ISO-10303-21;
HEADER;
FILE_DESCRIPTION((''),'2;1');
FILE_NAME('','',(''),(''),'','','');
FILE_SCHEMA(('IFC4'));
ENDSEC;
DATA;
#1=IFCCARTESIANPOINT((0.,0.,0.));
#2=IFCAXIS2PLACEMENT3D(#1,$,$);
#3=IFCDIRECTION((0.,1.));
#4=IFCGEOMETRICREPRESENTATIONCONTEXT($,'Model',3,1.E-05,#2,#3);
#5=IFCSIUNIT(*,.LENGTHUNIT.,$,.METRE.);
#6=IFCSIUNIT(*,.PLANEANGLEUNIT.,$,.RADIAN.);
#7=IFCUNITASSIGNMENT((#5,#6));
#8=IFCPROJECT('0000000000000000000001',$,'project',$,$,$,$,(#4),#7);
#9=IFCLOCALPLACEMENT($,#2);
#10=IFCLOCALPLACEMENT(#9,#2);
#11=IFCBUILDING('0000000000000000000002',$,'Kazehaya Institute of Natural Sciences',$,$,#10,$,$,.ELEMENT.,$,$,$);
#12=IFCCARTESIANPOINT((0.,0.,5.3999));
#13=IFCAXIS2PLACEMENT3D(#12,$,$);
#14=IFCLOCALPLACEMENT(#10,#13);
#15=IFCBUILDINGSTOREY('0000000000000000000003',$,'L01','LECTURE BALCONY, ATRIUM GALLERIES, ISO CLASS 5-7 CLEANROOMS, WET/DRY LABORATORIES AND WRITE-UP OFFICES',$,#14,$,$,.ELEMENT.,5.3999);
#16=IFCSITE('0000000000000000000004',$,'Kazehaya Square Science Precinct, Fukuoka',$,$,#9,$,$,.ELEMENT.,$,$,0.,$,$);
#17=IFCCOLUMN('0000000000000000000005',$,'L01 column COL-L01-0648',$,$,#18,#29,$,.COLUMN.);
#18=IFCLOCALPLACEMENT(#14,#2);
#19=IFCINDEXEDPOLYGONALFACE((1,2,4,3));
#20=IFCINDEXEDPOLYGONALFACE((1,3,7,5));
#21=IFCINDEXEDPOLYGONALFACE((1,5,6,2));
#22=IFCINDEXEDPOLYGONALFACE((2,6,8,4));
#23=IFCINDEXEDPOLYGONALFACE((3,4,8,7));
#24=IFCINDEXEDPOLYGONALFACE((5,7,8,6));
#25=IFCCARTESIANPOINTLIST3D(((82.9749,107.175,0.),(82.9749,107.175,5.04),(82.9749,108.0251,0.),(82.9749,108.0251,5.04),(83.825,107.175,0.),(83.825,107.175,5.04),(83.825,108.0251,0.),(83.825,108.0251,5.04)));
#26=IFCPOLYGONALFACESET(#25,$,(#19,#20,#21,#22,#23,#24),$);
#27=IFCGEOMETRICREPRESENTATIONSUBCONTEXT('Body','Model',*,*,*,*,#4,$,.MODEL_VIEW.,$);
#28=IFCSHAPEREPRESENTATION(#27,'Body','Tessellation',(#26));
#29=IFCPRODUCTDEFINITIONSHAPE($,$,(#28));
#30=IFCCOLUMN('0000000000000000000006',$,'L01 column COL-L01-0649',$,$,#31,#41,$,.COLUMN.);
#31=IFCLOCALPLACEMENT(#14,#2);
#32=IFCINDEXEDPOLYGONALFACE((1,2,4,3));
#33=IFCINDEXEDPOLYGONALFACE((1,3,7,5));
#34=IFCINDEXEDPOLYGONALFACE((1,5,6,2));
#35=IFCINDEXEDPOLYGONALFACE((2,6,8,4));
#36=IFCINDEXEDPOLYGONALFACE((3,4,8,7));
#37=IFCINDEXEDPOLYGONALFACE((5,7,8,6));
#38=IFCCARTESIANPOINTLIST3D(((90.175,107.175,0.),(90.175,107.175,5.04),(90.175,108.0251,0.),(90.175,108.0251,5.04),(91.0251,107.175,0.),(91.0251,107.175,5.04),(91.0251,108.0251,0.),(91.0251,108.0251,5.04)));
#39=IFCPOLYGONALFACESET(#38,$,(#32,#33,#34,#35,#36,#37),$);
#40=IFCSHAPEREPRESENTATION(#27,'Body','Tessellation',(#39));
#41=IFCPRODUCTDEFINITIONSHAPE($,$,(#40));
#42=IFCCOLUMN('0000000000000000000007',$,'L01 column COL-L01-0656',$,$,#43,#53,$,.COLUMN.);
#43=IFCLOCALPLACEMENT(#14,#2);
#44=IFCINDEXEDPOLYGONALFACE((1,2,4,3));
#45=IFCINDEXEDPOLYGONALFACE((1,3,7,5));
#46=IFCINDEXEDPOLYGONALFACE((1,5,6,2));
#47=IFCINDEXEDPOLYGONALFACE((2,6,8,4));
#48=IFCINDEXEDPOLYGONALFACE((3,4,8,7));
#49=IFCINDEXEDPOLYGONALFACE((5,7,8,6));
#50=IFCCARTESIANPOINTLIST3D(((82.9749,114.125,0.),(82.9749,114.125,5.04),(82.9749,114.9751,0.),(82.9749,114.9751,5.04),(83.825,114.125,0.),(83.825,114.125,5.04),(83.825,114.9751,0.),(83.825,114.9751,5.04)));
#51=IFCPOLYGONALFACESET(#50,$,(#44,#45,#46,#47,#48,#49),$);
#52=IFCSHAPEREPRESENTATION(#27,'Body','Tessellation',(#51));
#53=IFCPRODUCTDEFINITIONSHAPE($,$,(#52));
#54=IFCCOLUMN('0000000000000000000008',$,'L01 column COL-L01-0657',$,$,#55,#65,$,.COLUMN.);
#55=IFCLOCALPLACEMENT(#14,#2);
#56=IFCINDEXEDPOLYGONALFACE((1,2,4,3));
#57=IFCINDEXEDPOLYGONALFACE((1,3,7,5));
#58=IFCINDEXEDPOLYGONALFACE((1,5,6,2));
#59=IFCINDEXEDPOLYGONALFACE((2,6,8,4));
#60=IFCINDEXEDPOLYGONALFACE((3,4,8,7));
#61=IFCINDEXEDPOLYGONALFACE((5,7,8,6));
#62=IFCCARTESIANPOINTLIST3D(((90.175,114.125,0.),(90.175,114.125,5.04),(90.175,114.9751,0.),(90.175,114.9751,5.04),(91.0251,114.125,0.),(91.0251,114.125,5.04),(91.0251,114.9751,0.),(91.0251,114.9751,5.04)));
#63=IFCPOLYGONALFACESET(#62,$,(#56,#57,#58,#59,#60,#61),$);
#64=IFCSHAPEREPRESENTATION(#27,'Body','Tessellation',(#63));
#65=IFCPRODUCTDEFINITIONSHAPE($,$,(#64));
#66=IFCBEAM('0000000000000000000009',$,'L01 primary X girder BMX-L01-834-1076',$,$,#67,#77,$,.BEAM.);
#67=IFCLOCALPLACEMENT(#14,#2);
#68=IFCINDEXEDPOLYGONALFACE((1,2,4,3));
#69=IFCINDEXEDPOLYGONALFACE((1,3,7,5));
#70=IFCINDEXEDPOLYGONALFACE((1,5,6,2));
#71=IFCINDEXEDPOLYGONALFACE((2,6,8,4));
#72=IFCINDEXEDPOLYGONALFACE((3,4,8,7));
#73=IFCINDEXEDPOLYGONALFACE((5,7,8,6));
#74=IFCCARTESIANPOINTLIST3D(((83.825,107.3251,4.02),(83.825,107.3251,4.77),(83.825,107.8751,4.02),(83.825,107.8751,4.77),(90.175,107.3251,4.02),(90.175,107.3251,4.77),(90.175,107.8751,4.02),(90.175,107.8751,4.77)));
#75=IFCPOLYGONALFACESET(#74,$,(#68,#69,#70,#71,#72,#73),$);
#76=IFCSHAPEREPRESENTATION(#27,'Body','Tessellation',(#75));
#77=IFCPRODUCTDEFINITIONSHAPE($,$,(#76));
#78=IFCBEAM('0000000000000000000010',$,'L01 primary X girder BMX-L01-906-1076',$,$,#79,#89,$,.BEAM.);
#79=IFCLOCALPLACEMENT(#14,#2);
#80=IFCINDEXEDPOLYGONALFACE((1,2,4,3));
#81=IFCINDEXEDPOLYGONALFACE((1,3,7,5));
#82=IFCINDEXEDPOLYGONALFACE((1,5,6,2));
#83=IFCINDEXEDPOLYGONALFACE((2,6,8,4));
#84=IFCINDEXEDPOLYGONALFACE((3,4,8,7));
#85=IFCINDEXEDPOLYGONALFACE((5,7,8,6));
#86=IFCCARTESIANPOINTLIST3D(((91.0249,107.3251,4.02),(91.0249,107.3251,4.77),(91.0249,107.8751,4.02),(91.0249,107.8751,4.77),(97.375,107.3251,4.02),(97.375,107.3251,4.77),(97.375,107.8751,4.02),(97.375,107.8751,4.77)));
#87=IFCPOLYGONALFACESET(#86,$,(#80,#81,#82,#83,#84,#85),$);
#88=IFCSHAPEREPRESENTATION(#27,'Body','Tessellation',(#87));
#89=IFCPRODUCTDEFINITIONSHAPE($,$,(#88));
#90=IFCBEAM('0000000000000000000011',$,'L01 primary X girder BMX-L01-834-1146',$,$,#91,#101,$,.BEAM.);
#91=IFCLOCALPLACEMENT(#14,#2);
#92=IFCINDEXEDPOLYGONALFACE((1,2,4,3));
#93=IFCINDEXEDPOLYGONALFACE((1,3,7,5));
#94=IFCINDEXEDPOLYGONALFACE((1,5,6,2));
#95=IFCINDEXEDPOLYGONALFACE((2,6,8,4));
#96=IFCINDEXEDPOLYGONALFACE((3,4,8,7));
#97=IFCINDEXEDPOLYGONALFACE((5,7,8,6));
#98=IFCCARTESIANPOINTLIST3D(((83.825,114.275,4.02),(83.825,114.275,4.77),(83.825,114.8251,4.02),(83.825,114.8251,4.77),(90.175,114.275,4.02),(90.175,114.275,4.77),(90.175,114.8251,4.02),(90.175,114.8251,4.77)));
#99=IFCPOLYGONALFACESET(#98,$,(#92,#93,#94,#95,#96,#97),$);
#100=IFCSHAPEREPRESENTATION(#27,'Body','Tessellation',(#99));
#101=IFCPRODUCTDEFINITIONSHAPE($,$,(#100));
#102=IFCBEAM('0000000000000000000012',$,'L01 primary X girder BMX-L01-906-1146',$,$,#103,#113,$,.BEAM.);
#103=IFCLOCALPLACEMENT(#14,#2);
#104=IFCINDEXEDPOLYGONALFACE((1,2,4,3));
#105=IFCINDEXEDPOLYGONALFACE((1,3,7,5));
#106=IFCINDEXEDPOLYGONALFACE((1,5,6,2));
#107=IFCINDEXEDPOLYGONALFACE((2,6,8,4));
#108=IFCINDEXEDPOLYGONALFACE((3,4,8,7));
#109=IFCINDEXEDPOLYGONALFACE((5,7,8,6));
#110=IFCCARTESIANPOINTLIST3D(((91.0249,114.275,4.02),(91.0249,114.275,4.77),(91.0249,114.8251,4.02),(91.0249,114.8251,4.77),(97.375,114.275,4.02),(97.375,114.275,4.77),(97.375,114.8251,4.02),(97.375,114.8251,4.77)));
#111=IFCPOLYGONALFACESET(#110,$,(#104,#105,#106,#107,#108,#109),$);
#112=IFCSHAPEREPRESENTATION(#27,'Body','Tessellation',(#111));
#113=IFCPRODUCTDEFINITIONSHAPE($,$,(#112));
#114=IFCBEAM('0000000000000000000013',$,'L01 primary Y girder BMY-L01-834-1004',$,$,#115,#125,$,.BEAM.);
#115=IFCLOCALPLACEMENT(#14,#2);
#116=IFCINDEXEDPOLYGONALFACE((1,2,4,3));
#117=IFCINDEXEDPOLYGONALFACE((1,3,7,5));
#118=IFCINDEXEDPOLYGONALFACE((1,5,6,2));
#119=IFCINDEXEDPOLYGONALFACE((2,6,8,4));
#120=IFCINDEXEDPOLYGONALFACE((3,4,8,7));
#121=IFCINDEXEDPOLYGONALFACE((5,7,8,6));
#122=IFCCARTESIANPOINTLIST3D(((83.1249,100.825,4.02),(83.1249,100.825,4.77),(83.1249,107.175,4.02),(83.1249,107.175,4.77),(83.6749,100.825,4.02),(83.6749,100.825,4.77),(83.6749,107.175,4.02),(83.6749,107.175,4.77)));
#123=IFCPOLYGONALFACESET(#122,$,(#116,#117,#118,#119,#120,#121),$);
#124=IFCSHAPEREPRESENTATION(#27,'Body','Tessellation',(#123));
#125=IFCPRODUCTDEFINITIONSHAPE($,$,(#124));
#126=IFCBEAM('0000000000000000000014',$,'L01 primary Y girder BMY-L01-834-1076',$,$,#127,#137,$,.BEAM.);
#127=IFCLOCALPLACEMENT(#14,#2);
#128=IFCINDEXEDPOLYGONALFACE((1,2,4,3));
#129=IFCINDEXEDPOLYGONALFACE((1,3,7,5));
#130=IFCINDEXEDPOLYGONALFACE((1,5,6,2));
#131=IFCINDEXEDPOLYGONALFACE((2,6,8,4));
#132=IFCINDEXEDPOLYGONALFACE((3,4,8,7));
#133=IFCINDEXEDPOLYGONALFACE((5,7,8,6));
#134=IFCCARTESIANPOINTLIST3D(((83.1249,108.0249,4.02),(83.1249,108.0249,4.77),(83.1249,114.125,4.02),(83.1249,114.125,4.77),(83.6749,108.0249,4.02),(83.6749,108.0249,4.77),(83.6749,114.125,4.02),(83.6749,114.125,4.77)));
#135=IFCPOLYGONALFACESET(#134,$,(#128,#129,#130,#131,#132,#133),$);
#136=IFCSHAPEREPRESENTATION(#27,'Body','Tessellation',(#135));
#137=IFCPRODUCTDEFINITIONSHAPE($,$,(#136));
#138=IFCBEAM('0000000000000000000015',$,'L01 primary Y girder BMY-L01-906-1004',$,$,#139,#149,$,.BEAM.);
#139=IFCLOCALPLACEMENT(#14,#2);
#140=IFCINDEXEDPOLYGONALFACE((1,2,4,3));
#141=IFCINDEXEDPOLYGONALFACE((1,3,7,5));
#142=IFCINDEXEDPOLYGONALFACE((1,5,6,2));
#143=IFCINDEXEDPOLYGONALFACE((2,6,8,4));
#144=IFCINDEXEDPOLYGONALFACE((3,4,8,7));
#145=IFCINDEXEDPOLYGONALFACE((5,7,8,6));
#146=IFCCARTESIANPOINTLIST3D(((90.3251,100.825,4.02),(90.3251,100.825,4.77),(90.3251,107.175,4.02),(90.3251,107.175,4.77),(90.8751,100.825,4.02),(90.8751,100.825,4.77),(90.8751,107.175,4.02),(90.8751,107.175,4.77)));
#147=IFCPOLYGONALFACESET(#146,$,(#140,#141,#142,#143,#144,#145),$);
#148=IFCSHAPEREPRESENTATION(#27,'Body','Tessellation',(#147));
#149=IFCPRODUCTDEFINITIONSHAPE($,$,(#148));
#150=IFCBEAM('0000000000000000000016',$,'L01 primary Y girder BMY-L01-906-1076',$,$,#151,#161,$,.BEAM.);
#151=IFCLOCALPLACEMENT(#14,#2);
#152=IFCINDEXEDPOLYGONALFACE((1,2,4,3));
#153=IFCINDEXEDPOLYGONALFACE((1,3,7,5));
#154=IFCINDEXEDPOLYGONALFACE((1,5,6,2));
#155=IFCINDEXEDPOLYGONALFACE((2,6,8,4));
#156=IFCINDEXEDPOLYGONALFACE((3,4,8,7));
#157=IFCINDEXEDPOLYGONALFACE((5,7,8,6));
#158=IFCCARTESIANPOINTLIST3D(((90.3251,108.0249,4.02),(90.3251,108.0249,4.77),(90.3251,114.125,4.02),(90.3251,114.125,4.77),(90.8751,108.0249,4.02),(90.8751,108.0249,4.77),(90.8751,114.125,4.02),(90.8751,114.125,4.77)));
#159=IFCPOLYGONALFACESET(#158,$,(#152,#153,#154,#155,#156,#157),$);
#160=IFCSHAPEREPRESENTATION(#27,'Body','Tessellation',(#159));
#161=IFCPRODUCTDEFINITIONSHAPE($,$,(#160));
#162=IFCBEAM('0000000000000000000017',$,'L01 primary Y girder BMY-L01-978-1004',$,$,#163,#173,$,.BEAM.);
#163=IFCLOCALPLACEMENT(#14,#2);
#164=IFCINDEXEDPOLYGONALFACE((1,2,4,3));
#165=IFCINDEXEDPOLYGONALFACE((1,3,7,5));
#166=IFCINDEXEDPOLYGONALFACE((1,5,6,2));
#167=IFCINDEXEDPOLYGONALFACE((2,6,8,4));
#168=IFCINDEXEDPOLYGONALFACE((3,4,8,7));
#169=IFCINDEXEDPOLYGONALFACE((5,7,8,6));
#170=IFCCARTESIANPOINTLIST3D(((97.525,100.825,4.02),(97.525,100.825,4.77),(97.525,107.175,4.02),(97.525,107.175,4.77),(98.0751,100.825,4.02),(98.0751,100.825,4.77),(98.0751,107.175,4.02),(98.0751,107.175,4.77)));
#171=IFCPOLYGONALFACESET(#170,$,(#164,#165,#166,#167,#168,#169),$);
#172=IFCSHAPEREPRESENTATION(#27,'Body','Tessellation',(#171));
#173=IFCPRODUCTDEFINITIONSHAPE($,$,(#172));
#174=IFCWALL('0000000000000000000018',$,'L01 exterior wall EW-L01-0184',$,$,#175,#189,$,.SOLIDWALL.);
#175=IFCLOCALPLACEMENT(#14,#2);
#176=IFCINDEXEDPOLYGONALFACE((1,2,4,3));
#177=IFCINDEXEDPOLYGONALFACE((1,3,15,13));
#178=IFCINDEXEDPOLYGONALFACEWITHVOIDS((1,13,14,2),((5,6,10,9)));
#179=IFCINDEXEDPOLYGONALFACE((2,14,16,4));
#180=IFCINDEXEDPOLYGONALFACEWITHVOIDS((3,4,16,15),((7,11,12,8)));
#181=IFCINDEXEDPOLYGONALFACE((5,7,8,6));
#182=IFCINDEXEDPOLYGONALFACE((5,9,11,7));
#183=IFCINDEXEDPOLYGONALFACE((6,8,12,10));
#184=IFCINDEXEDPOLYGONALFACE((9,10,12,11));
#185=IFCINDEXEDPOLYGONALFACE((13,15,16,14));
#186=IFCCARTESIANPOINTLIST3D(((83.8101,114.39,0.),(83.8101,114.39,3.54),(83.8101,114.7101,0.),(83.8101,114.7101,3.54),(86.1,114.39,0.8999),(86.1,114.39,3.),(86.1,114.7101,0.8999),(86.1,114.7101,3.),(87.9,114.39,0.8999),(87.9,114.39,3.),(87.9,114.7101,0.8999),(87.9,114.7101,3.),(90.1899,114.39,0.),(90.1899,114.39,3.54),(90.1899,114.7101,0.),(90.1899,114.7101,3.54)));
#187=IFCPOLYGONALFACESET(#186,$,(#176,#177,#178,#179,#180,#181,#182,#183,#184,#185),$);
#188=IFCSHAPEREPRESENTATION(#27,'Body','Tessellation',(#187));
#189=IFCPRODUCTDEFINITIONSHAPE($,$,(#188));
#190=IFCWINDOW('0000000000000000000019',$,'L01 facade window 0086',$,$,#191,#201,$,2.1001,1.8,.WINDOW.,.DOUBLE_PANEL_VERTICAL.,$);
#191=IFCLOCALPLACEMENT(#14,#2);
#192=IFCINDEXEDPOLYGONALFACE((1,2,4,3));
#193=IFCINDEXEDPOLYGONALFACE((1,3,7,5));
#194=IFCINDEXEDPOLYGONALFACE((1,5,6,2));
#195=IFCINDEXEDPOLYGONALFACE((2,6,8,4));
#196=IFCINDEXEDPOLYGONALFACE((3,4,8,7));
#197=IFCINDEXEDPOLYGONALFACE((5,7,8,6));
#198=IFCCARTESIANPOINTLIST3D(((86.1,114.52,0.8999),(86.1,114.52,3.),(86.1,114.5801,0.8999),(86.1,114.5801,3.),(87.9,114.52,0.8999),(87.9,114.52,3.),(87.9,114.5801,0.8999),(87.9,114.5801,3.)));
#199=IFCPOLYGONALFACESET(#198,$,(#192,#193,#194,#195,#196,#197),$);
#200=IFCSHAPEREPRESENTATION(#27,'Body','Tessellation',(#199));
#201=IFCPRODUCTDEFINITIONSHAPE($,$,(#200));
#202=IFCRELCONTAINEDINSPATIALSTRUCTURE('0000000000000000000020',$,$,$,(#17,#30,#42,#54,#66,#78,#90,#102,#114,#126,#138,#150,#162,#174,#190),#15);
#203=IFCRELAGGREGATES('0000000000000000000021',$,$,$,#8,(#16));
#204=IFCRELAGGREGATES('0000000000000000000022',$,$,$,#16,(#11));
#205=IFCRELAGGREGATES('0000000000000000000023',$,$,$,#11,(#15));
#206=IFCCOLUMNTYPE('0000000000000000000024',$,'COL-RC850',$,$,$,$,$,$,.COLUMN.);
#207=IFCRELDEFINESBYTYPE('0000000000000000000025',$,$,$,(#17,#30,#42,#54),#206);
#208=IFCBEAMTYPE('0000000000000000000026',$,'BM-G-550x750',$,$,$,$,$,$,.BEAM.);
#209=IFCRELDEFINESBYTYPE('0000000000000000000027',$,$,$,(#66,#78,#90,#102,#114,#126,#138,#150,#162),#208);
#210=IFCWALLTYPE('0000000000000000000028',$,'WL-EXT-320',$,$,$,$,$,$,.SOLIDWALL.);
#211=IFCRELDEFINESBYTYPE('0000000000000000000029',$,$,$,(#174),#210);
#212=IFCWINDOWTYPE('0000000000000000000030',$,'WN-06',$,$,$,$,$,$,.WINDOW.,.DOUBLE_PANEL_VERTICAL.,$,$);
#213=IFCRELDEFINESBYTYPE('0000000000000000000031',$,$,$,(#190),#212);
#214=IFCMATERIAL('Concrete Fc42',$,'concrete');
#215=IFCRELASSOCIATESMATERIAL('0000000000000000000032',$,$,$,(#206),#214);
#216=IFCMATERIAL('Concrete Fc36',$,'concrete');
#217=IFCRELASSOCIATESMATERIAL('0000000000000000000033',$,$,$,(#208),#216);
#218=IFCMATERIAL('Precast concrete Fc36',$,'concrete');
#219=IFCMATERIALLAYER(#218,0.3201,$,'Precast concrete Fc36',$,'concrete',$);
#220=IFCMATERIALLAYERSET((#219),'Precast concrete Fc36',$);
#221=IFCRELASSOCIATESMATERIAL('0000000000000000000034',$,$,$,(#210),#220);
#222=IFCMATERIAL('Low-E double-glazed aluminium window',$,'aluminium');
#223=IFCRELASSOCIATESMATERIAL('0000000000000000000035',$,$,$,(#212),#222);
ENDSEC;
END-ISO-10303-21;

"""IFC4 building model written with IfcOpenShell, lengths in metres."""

from ifc_helpers import new_model, si_unit, direction, frame, frame_2d, origin, origin_2d, place, context, subcontext, project, spatial, rectangle, extrude, material, layer, layer_set, material_profile, profile_set, type_object, element, fill, save


model = new_model("IFC4")

# Units and contexts
model_context = context("Model", 3, precision=1e-05, world=origin(), true_north=direction((0.0, 1.0)))
body_context = subcontext(model_context, "Body", "Model", "MODEL_VIEW")
ifc_project = project(units=[si_unit("LENGTHUNIT", "METRE"), si_unit("PLANEANGLEUNIT", "RADIAN")], contexts=[model_context])

# Site, building, storey
site_placement = place(None, origin())
site = spatial("IfcSite", under=ifc_project, at=site_placement, Name="Kazehaya Square Science Precinct, Fukuoka", CompositionType="ELEMENT", RefElevation=0.0)
building_placement = place(site_placement, origin())
building = spatial("IfcBuilding", under=site, at=building_placement, Name="Kazehaya Institute of Natural Sciences", CompositionType="ELEMENT")
storey_placement = place(building_placement, frame((0.0, 0.0, 5.3999)))
storey = spatial("IfcBuildingStorey", under=building, at=storey_placement, Name="L01", Description="LECTURE BALCONY, ATRIUM GALLERIES, ISO CLASS 5-7 CLEANROOMS, WET/DRY LABORATORIES AND WRITE-UP OFFICES", CompositionType="ELEMENT", Elevation=5.3999)

# Columns
ifc_material_1 = material(Name="Concrete Fc42", Category="concrete")
ifc_material_profile_1 = material_profile(ifc_material_1, rectangle(XDim=0.8501, YDim=0.8501, at=origin_2d()), Name="RC-850x850")
ifc_profile_set_1 = profile_set([ifc_material_profile_1], Name="Concrete Fc42")
column_type = type_object("IfcColumnType", Name="COL-RC850", PredefinedType="COLUMN", material=ifc_profile_set_1)
for number, where, z_axis, x_axis, name in (
    (1, (83.3999, 107.6001, 0.0), (0.0, 0.0, 1.0), (1.0, 0.0, 0.0), "L01 column COL-L01-0648"),
    (2, (90.6001, 107.6001, 0.0), (0.0, 0.0, 1.0), (1.0, 0.0, 0.0), "L01 column COL-L01-0649"),
    (3, (83.3999, 114.55, 0.0), (0.0, 0.0, 1.0), (1.0, 0.0, 0.0), "L01 column COL-L01-0656"),
    (4, (90.6001, 114.55, 0.0), (0.0, 0.0, 1.0), (1.0, 0.0, 0.0), "L01 column COL-L01-0657"),
):
    element("IfcColumn", number, at=place(storey_placement, frame(where, z_axis=z_axis, x_axis=x_axis)), inside=storey, type_object=column_type, Name=name, PredefinedType="COLUMN", context=body_context, shape_type="SweptSolid", body=[
        extrude(rectangle(XDim=0.8501, YDim=0.8501, at=origin_2d()), origin(), (0.0, 0.0, 1.0), 5.04),
    ])

# Beams
ifc_material_2 = material(Name="Concrete Fc36", Category="concrete")
ifc_material_profile_2 = material_profile(ifc_material_2, rectangle(XDim=0.55, YDim=0.75, at=origin_2d()), Name="RC-550x750")
ifc_profile_set_2 = profile_set([ifc_material_profile_2], Name="Concrete Fc36")
beam_type = type_object("IfcBeamType", Name="BM-G-550x750", PredefinedType="BEAM", material=ifc_profile_set_2)
for number, where, z_axis, x_axis, name in (
    (5, (83.825, 107.6001, 4.395), (1.0, 0.0, 0.0), (0.0, 1.0, 0.0), "L01 primary X girder BMX-L01-834-1076"),
    (6, (91.0249, 107.6001, 4.395), (1.0, 0.0, 0.0), (0.0, 1.0, 0.0), "L01 primary X girder BMX-L01-906-1076"),
    (7, (83.825, 114.55, 4.395), (1.0, 0.0, 0.0), (0.0, 1.0, 0.0), "L01 primary X girder BMX-L01-834-1146"),
    (8, (91.0249, 114.55, 4.395), (1.0, 0.0, 0.0), (0.0, 1.0, 0.0), "L01 primary X girder BMX-L01-906-1146"),
    (9, (83.3999, 100.825, 4.395), (0.0, 1.0, 0.0), (-1.0, 0.0, 0.0), "L01 primary Y girder BMY-L01-834-1004"),
):
    element("IfcBeam", number, at=place(storey_placement, frame(where, z_axis=z_axis, x_axis=x_axis)), inside=storey, type_object=beam_type, Name=name, PredefinedType="BEAM", context=body_context, shape_type="SweptSolid", body=[
        extrude(rectangle(XDim=0.55, YDim=0.75, at=origin_2d()), origin(), (0.0, 0.0, 1.0), 6.3501),
    ])
beam_1_placement = place(storey_placement, frame((83.3999, 108.0249, 4.395), z_axis=(0.0, 1.0, 0.0), x_axis=(-1.0, 0.0, 0.0)))
element("IfcBeam", 10, at=beam_1_placement, inside=storey, type_object=beam_type, Name="L01 primary Y girder BMY-L01-834-1076", PredefinedType="BEAM", context=body_context, shape_type="SweptSolid", body=[
    extrude(rectangle(XDim=0.55, YDim=0.75, at=origin_2d()), origin(), (0.0, 0.0, 1.0), 6.1001),
])
beam_2_placement = place(storey_placement, frame((90.6001, 100.825, 4.395), z_axis=(0.0, 1.0, 0.0), x_axis=(-1.0, 0.0, 0.0)))
element("IfcBeam", 11, at=beam_2_placement, inside=storey, type_object=beam_type, Name="L01 primary Y girder BMY-L01-906-1004", PredefinedType="BEAM", context=body_context, shape_type="SweptSolid", body=[
    extrude(rectangle(XDim=0.55, YDim=0.75, at=origin_2d()), origin(), (0.0, 0.0, 1.0), 6.3501),
])
beam_3_placement = place(storey_placement, frame((90.6001, 108.0249, 4.395), z_axis=(0.0, 1.0, 0.0), x_axis=(-1.0, 0.0, 0.0)))
element("IfcBeam", 12, at=beam_3_placement, inside=storey, type_object=beam_type, Name="L01 primary Y girder BMY-L01-906-1076", PredefinedType="BEAM", context=body_context, shape_type="SweptSolid", body=[
    extrude(rectangle(XDim=0.55, YDim=0.75, at=origin_2d()), origin(), (0.0, 0.0, 1.0), 6.1001),
])
beam_4_placement = place(storey_placement, frame((97.8, 100.825, 4.395), z_axis=(0.0, 1.0, 0.0), x_axis=(-1.0, 0.0, 0.0)))
element("IfcBeam", 13, at=beam_4_placement, inside=storey, type_object=beam_type, Name="L01 primary Y girder BMY-L01-978-1004", PredefinedType="BEAM", context=body_context, shape_type="SweptSolid", body=[
    extrude(rectangle(XDim=0.55, YDim=0.75, at=origin_2d()), origin(), (0.0, 0.0, 1.0), 6.3501),
])

# Wall, opening, window
ifc_material_3 = material(Name="Precast concrete Fc36", Category="concrete")
ifc_layer_1 = layer(ifc_material_3, 0.3201, Name="Precast concrete Fc36", Category="concrete")
ifc_layer_set_1 = layer_set([ifc_layer_1], Name="Precast concrete Fc36")
wall_type_1 = type_object("IfcWallType", Name="WL-EXT-320", PredefinedType="SOLIDWALL", material=ifc_layer_set_1)
wall_1_placement = place(storey_placement, frame((83.8101, 114.55, 0.0), z_axis=(0.0, 0.0, 1.0), x_axis=(1.0, 0.0, 0.0)))
wall_1 = element("IfcWall", 14, at=wall_1_placement, inside=storey, type_object=wall_type_1, Name="L01 exterior wall EW-L01-0184", PredefinedType="SOLIDWALL", context=body_context, shape_type="SweptSolid", body=[
    extrude(rectangle(XDim=6.3799, YDim=0.3201, at=frame_2d((3.1899, 0.0))), origin(), (0.0, 0.0, 1.0), 3.54),
])
opening_1_placement = place(wall_1_placement, frame((2.29, 0.0, 0.8999)))
opening_1 = element("IfcOpeningElement", 15, at=opening_1_placement, cuts=wall_1, PredefinedType="OPENING", context=body_context, shape_type="SweptSolid", body=[
    extrude(rectangle(XDim=1.8, YDim=2.1001, at=frame_2d((0.8999, 1.05))), frame((0.0, 0.1699, 0.0), z_axis=(0.0, -1.0, 0.0), x_axis=(1.0, 0.0, 0.0)), (0.0, 0.0, 1.0), 0.3401),
])
ifc_material_4 = material(Name="Low-E double-glazed aluminium window", Category="aluminium")
window_type_1 = type_object("IfcWindowType", Name="WN-06", PartitioningType="DOUBLE_PANEL_VERTICAL", PredefinedType="WINDOW", material=ifc_material_4)
window_1_placement = place(opening_1_placement, origin())
window_1 = element("IfcWindow", 16, at=window_1_placement, inside=storey, type_object=window_type_1, Name="L01 facade window 0086", OverallHeight=2.1001, OverallWidth=1.8, PartitioningType="DOUBLE_PANEL_VERTICAL", PredefinedType="WINDOW", context=body_context, shape_type="SweptSolid", body=[
    extrude(rectangle(XDim=1.8, YDim=2.1001, at=frame_2d((0.8999, 1.05))), frame((0.0, 0.03, 0.0), z_axis=(0.0, -1.0, 0.0), x_axis=(1.0, 0.0, 0.0)), (0.0, 0.0, 1.0), 0.0601),
])
fill(opening_1, window_1)

save(model, "model.ifc")
